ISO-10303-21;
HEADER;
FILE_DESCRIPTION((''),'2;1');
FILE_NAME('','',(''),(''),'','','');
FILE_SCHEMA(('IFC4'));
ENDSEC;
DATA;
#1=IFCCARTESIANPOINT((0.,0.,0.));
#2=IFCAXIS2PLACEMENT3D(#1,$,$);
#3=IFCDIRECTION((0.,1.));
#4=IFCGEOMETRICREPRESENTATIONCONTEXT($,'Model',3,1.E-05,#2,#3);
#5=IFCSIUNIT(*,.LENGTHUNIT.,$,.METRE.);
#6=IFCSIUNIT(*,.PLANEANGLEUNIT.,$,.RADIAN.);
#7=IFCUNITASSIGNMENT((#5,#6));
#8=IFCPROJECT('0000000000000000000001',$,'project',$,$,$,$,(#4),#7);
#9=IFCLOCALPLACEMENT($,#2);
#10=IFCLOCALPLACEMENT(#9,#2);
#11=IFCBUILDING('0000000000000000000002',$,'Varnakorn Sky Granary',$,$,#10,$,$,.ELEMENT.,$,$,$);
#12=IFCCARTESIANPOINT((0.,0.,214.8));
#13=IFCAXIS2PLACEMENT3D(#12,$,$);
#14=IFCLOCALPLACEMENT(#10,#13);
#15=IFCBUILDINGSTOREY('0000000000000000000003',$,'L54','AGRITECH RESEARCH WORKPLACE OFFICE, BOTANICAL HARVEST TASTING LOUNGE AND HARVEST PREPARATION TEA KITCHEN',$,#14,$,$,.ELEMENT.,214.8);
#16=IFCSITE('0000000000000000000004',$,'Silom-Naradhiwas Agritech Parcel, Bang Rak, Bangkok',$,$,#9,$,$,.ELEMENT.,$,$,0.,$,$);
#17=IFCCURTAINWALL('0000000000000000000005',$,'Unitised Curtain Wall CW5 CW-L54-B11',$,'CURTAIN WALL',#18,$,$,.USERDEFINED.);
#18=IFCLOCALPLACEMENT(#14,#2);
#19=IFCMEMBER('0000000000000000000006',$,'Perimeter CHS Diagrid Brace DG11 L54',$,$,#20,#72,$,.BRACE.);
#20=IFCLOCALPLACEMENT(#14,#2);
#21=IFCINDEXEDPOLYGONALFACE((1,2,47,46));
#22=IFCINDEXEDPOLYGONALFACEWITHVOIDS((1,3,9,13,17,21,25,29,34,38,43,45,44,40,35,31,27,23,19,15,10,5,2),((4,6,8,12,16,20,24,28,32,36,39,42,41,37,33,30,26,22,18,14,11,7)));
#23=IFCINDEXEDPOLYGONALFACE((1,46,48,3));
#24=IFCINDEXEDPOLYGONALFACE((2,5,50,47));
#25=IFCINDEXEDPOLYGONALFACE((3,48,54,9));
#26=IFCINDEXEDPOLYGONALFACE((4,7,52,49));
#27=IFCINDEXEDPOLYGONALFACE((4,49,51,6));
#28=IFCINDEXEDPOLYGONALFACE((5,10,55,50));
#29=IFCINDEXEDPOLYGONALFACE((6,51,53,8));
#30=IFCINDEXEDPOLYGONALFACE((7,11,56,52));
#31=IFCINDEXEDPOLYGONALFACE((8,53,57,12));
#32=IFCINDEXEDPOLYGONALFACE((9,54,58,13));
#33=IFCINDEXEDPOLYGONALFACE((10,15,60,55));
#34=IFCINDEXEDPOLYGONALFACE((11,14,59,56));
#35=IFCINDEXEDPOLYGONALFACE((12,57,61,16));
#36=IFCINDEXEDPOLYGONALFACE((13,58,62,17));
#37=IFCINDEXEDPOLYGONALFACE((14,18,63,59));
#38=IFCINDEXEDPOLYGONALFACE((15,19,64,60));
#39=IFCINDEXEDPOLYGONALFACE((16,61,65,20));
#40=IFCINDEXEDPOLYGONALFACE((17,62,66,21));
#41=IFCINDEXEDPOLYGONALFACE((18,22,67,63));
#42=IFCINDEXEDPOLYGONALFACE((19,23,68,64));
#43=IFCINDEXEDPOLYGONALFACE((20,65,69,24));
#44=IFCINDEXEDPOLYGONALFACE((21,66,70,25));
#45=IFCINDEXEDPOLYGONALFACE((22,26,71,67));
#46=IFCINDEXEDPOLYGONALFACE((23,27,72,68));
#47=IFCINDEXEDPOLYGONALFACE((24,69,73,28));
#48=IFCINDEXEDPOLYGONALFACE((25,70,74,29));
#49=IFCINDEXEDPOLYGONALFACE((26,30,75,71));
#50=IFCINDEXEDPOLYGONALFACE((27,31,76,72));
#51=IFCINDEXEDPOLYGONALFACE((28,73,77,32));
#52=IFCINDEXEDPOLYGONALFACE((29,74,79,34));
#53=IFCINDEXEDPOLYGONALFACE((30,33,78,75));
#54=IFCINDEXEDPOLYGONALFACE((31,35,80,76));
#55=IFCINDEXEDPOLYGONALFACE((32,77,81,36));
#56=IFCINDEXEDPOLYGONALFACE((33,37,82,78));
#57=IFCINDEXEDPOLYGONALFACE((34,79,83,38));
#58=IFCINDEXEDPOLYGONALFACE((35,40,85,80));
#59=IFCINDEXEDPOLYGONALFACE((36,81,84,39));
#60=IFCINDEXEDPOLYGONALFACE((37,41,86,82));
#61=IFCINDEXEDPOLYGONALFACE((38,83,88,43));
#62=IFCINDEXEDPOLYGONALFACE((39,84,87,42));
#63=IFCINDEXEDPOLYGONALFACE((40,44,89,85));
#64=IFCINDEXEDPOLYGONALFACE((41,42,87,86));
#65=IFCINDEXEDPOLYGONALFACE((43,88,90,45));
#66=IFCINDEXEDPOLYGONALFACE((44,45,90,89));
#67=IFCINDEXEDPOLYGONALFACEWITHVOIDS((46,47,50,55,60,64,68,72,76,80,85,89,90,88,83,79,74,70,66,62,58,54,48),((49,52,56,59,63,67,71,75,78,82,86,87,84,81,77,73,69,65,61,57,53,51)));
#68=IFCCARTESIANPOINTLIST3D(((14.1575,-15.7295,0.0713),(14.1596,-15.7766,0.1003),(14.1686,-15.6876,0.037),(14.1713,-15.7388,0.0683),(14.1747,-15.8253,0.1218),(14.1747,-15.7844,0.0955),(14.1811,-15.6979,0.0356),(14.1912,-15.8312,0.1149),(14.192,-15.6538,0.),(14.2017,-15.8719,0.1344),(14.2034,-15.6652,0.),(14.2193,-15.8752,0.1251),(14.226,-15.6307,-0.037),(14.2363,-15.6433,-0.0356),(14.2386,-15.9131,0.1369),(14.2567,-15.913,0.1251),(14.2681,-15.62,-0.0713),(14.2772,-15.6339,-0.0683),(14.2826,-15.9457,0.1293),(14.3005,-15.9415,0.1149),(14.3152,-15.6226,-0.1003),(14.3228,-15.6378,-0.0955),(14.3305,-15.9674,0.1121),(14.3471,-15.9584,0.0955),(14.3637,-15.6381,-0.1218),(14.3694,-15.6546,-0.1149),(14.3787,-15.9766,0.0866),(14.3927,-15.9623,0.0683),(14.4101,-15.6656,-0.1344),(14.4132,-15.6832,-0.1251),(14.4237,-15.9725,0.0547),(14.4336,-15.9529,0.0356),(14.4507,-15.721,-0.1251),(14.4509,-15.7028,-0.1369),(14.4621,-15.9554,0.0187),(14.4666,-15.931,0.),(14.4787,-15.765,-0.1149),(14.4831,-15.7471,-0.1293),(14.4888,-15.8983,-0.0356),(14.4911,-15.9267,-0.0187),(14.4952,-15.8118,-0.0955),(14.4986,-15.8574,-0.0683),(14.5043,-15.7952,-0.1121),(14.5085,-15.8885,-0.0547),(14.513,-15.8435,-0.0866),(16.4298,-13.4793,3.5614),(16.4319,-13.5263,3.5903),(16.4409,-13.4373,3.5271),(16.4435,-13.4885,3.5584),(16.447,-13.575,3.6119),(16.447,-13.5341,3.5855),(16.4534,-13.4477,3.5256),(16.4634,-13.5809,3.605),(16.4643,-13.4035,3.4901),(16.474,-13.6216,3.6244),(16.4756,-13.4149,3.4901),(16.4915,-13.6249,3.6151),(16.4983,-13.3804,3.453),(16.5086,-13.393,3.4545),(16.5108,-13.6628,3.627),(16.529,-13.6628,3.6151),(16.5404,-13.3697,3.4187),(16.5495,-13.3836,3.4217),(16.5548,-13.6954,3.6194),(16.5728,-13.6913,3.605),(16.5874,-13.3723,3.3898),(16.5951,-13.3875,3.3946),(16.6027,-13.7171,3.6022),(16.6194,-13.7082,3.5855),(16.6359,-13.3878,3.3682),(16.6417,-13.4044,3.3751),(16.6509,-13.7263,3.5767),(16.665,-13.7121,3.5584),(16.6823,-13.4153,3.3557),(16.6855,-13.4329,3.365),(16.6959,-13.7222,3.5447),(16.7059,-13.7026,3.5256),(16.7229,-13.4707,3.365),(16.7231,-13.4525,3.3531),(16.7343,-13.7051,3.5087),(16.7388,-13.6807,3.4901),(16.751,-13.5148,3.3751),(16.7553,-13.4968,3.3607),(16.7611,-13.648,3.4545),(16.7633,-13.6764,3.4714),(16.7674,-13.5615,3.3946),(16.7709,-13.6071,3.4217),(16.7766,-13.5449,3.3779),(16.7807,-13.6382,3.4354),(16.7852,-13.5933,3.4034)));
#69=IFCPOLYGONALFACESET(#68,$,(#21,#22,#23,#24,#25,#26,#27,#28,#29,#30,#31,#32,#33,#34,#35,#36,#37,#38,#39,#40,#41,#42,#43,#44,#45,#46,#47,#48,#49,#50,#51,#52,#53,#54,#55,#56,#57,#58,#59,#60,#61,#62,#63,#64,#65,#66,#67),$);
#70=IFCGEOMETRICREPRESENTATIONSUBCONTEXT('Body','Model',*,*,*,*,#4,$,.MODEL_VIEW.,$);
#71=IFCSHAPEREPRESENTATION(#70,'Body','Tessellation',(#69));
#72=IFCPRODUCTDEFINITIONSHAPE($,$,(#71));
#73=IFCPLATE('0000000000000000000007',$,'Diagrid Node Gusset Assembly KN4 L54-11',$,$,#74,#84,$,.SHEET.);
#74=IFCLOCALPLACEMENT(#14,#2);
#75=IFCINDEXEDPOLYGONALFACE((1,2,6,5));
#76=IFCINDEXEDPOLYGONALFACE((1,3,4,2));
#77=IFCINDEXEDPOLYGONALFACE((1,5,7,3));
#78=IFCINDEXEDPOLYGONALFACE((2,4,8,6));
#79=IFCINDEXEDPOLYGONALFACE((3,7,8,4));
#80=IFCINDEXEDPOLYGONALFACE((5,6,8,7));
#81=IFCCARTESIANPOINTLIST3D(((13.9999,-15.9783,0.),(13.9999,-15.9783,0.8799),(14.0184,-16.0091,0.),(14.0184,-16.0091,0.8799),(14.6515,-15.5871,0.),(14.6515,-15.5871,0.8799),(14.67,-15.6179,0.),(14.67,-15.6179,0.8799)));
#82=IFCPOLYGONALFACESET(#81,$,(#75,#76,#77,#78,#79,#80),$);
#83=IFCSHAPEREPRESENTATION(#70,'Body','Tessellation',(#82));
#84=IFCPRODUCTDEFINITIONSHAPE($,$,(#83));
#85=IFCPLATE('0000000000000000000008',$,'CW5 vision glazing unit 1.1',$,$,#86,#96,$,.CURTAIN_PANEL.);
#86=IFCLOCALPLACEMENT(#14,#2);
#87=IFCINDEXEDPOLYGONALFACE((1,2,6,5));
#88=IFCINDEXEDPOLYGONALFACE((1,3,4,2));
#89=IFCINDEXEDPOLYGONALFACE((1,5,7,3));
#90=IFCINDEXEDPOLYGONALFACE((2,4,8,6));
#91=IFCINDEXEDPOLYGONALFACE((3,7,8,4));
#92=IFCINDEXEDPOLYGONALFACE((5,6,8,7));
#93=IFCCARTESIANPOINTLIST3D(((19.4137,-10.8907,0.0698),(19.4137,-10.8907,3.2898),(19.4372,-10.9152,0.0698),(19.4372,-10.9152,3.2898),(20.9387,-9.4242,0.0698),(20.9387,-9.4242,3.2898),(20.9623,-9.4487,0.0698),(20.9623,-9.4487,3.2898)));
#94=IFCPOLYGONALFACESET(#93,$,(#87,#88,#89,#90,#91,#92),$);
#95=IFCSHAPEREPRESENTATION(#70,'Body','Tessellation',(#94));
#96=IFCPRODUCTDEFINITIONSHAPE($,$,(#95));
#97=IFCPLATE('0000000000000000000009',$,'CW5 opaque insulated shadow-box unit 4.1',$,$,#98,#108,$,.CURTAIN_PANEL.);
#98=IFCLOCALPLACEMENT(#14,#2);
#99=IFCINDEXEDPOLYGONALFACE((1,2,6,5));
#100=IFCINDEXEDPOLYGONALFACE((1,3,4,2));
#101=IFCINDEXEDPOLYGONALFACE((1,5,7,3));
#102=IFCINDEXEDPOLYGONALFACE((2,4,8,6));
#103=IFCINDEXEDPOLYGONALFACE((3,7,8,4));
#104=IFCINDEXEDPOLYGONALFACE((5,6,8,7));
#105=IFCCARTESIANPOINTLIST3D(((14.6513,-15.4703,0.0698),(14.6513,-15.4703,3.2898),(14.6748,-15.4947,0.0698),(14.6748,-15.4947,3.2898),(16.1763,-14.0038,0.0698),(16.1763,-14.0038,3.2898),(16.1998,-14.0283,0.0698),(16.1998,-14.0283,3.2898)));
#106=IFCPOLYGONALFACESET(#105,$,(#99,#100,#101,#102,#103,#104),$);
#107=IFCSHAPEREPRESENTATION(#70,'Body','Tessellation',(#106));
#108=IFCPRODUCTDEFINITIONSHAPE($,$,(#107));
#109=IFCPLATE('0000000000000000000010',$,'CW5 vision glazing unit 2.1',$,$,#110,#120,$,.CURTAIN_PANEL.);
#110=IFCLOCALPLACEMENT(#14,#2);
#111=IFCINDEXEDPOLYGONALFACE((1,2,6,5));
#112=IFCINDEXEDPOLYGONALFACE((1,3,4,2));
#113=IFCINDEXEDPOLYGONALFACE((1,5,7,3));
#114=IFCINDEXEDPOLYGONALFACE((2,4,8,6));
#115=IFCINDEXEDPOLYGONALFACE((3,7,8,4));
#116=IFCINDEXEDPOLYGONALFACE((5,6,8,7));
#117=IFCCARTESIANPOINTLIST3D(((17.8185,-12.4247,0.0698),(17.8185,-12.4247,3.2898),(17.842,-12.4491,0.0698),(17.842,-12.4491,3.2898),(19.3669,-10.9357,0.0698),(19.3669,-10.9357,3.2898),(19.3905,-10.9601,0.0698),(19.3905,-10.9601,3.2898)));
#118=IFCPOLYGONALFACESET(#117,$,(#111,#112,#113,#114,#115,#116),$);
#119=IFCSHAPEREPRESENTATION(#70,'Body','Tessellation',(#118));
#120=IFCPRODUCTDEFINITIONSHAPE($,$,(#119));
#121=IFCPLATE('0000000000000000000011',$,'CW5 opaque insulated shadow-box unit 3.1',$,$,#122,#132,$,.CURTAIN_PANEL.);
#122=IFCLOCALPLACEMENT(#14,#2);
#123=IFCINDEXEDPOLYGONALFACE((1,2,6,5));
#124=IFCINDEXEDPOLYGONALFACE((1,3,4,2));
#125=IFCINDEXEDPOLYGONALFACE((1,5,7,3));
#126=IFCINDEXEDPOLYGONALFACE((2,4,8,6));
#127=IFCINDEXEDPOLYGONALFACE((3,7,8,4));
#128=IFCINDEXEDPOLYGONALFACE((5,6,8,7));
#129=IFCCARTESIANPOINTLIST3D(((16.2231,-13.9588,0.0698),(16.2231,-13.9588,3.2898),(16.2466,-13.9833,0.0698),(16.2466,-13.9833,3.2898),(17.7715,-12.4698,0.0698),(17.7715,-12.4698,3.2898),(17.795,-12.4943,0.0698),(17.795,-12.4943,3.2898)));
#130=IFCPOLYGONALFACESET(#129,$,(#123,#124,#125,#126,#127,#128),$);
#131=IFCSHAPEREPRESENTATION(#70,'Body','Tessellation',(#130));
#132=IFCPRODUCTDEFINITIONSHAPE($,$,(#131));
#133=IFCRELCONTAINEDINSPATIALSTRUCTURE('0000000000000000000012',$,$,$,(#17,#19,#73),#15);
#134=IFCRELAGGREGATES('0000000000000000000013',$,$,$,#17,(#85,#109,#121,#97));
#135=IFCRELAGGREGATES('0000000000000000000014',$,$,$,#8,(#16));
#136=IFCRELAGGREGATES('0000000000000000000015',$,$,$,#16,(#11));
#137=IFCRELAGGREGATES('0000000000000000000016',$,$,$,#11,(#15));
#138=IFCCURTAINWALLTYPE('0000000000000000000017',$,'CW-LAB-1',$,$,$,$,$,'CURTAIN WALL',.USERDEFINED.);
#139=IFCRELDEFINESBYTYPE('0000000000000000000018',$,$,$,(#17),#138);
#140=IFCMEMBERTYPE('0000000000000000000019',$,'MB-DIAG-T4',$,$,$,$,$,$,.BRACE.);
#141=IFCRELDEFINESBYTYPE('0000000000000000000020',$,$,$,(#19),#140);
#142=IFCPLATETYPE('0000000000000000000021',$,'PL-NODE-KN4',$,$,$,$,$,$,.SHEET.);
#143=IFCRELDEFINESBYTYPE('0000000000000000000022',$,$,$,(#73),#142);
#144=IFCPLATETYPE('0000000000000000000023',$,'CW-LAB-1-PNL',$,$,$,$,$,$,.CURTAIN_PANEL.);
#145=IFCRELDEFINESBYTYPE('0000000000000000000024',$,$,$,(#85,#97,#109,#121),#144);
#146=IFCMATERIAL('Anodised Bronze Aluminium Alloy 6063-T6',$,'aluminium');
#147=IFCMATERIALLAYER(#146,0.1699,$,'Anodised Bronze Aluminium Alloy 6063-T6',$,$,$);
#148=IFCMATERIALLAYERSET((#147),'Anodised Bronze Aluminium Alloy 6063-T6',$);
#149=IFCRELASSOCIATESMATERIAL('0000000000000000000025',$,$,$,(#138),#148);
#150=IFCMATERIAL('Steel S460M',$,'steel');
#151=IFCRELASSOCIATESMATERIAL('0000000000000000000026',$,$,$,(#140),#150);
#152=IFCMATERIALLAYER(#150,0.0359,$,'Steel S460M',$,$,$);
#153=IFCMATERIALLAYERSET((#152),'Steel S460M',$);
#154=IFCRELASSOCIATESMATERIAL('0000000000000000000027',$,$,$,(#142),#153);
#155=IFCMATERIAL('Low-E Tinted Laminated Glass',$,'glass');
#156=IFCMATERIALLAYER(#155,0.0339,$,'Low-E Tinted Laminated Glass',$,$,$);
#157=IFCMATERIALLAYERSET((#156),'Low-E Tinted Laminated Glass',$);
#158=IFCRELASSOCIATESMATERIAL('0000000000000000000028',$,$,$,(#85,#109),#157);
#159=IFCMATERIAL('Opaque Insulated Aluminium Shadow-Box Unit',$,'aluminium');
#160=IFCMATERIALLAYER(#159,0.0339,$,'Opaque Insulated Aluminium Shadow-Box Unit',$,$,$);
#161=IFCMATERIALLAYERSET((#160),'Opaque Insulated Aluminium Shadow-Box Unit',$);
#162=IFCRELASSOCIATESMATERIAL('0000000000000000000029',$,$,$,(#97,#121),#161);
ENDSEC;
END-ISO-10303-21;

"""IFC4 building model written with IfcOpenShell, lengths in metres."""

from ifc_helpers import new_model, si_unit, direction, frame, origin, origin_2d, place, context, subcontext, project, spatial, rectangle, hollow_circle, extrude, source, transform, mapped, material, layer, layer_set, material_profile, profile_set, type_object, type_shapes, element, aggregate, save


model = new_model("IFC4")

# Units and contexts
model_context = context("Model", 3, precision=1e-05, world=origin(), true_north=direction((0.0, 1.0)))
body_context = subcontext(model_context, "Body", "Model", "MODEL_VIEW")
ifc_project = project(units=[si_unit("LENGTHUNIT", "METRE"), si_unit("PLANEANGLEUNIT", "RADIAN")], contexts=[model_context])

# Site, building, storey
site_placement = place(None, origin())
site = spatial("IfcSite", under=ifc_project, at=site_placement, Name="Silom-Naradhiwas Agritech Parcel, Bang Rak, Bangkok", CompositionType="ELEMENT", RefElevation=0.0)
building_placement = place(site_placement, origin())
building = spatial("IfcBuilding", under=site, at=building_placement, Name="Varnakorn Sky Granary", CompositionType="ELEMENT")
storey_placement = place(building_placement, frame((0.0, 0.0, 214.8)))
storey = spatial("IfcBuildingStorey", under=building, at=storey_placement, Name="L54", Description="AGRITECH RESEARCH WORKPLACE OFFICE, BOTANICAL HARVEST TASTING LOUNGE AND HARVEST PREPARATION TEA KITCHEN", CompositionType="ELEMENT", Elevation=214.8)

# Shared definitions
ifc_material_1 = material(Name="Steel S460M", Category="steel")

# Shared definitions
ifc_material_2 = material(Name="Anodised Bronze Aluminium Alloy 6063-T6", Category="aluminium")
ifc_layer_1 = layer(ifc_material_2, 0.1699, Name="Anodised Bronze Aluminium Alloy 6063-T6")
ifc_layer_set_1 = layer_set([ifc_layer_1], Name="Anodised Bronze Aluminium Alloy 6063-T6")
curtain_wall_type = type_object("IfcCurtainWallType", Name="CW-LAB-1", ElementType="CURTAIN WALL", PredefinedType="USERDEFINED", material=ifc_layer_set_1)

# Curtain wall
curtain_wall_1_placement = place(storey_placement, origin())
curtain_wall_1 = element("IfcCurtainWall", 1, at=curtain_wall_1_placement, inside=storey, type_object=curtain_wall_type, Name="Unitised Curtain Wall CW5 CW-L54-B11", ObjectType="CURTAIN WALL", PredefinedType="USERDEFINED")

# Member
ifc_material_profile_1 = material_profile(ifc_material_1, hollow_circle(Radius=0.2031, WallThickness=0.0161, at=origin_2d()), Name="CHS 406.4x16")
ifc_profile_set_1 = profile_set([ifc_material_profile_1], Name="Steel S460M")
member_type_1 = type_object("IfcMemberType", Name="MB-DIAG-T4", PredefinedType="BRACE", material=ifc_profile_set_1)
member_1_placement = place(storey_placement, frame((14.335, -15.7981, 0.0), z_axis=(0.480023, 0.475381, 0.737286), x_axis=(-0.703663, 0.710534, 0.0)))
element("IfcMember", 2, at=member_1_placement, inside=storey, type_object=member_type_1, Name="Perimeter CHS Diagrid Brace DG11 L54", PredefinedType="BRACE", context=body_context, shape_type="SweptSolid", body=[
    extrude(hollow_circle(Radius=0.2031, WallThickness=0.0161, at=origin_2d()), origin(), (0.0, 0.0, 1.0), 4.7336),
])

# Plates
ifc_layer_2 = layer(ifc_material_1, 0.0359, Name="Steel S460M")
ifc_layer_set_2 = layer_set([ifc_layer_2], Name="Steel S460M")
plate_type_1 = type_object("IfcPlateType", Name="PL-NODE-KN4", PredefinedType="SHEET", material=ifc_layer_set_2)
plate_1_placement = place(storey_placement, frame((14.335, -15.7981, 0.0), z_axis=(0.0, 0.0, 1.0), x_axis=(0.857344, 0.514743, 0.0)))
element("IfcPlate", 3, at=plate_1_placement, inside=storey, type_object=plate_type_1, Name="Diagrid Node Gusset Assembly KN4 L54-11", PredefinedType="SHEET", context=body_context, shape_type="SweptSolid", body=[
    extrude(rectangle(XDim=0.76, YDim=0.0359, at=origin_2d()), origin(), (0.0, 0.0, 1.0), 0.8799),
])
ifc_material_3 = material(Name="Low-E Tinted Laminated Glass", Category="glass")
ifc_layer_3 = layer(ifc_material_3, 0.0339, Name="Low-E Tinted Laminated Glass")
ifc_layer_set_3 = layer_set([ifc_layer_3], Name="Low-E Tinted Laminated Glass")
plate_type_2 = type_object("IfcPlateType", Name="CW-LAB-1-PNL", PredefinedType="CURTAIN_PANEL")
shared_shape_1 = source(origin(), body_context, "Body", "SweptSolid", [
    extrude(rectangle(XDim=2.1157, YDim=0.0339, at=origin_2d()), origin(), (0.0, 0.0, 1.0), 3.22),
])
plate_2_placement = place(storey_placement, frame((20.188, -10.1697, 0.0698), z_axis=(0.0, 0.0, 1.0), x_axis=(-0.720803, -0.69314, 0.0)))
plate_2 = element("IfcPlate", 4, at=plate_2_placement, type_object=plate_type_2, material=ifc_layer_set_3, Name="CW5 vision glazing unit 1.1", PredefinedType="CURTAIN_PANEL", context=body_context, shape_type="MappedRepresentation", body=[
    mapped(shared_shape_1, transform((0.0, 0.0, 0.0), x_axis=(1.0, 0.0, 0.0), y_axis=(0.0, 1.0, 0.0), z_axis=(0.0, 0.0, 1.0), scale=1.0)),
])
ifc_material_4 = material(Name="Opaque Insulated Aluminium Shadow-Box Unit", Category="aluminium")
ifc_layer_4 = layer(ifc_material_4, 0.0339, Name="Opaque Insulated Aluminium Shadow-Box Unit")
ifc_layer_set_4 = layer_set([ifc_layer_4], Name="Opaque Insulated Aluminium Shadow-Box Unit")
plate_3_placement = place(storey_placement, frame((15.4255, -14.7493, 0.0698), z_axis=(0.0, 0.0, 1.0), x_axis=(-0.720803, -0.69314, 0.0)))
plate_3 = element("IfcPlate", 5, at=plate_3_placement, type_object=plate_type_2, material=ifc_layer_set_4, Name="CW5 opaque insulated shadow-box unit 4.1", PredefinedType="CURTAIN_PANEL", context=body_context, shape_type="MappedRepresentation", body=[
    mapped(shared_shape_1, transform((0.0, 0.0, 0.0), x_axis=(1.0, 0.0, 0.0), y_axis=(0.0, 1.0, 0.0), z_axis=(0.0, 0.0, 1.0), scale=1.0)),
])
shared_shape_2 = source(origin(), body_context, "Body", "SweptSolid", [
    extrude(rectangle(XDim=2.1482, YDim=0.0339, at=origin_2d()), origin(), (0.0, 0.0, 1.0), 3.22),
])
type_shapes(plate_type_2, [shared_shape_1, shared_shape_2])
plate_4_placement = place(storey_placement, frame((18.6045, -11.6924, 0.0698), z_axis=(0.0, 0.0, 1.0), x_axis=(-0.720803, -0.69314, 0.0)))
plate_4 = element("IfcPlate", 6, at=plate_4_placement, type_object=plate_type_2, material=ifc_layer_set_3, Name="CW5 vision glazing unit 2.1", PredefinedType="CURTAIN_PANEL", context=body_context, shape_type="MappedRepresentation", body=[
    mapped(shared_shape_2, transform((0.0, 0.0, 0.0), x_axis=(1.0, 0.0, 0.0), y_axis=(0.0, 1.0, 0.0), z_axis=(0.0, 0.0, 1.0), scale=1.0)),
])
plate_5_placement = place(storey_placement, frame((17.009, -13.2266, 0.0698), z_axis=(0.0, 0.0, 1.0), x_axis=(-0.720803, -0.69314, 0.0)))
plate_5 = element("IfcPlate", 7, at=plate_5_placement, type_object=plate_type_2, material=ifc_layer_set_4, Name="CW5 opaque insulated shadow-box unit 3.1", PredefinedType="CURTAIN_PANEL", context=body_context, shape_type="MappedRepresentation", body=[
    mapped(shared_shape_2, transform((0.0, 0.0, 0.0), x_axis=(1.0, 0.0, 0.0), y_axis=(0.0, 1.0, 0.0), z_axis=(0.0, 0.0, 1.0), scale=1.0)),
])
aggregate(curtain_wall_1, [plate_2, plate_4, plate_5, plate_3])

save(model, "model.ifc")
